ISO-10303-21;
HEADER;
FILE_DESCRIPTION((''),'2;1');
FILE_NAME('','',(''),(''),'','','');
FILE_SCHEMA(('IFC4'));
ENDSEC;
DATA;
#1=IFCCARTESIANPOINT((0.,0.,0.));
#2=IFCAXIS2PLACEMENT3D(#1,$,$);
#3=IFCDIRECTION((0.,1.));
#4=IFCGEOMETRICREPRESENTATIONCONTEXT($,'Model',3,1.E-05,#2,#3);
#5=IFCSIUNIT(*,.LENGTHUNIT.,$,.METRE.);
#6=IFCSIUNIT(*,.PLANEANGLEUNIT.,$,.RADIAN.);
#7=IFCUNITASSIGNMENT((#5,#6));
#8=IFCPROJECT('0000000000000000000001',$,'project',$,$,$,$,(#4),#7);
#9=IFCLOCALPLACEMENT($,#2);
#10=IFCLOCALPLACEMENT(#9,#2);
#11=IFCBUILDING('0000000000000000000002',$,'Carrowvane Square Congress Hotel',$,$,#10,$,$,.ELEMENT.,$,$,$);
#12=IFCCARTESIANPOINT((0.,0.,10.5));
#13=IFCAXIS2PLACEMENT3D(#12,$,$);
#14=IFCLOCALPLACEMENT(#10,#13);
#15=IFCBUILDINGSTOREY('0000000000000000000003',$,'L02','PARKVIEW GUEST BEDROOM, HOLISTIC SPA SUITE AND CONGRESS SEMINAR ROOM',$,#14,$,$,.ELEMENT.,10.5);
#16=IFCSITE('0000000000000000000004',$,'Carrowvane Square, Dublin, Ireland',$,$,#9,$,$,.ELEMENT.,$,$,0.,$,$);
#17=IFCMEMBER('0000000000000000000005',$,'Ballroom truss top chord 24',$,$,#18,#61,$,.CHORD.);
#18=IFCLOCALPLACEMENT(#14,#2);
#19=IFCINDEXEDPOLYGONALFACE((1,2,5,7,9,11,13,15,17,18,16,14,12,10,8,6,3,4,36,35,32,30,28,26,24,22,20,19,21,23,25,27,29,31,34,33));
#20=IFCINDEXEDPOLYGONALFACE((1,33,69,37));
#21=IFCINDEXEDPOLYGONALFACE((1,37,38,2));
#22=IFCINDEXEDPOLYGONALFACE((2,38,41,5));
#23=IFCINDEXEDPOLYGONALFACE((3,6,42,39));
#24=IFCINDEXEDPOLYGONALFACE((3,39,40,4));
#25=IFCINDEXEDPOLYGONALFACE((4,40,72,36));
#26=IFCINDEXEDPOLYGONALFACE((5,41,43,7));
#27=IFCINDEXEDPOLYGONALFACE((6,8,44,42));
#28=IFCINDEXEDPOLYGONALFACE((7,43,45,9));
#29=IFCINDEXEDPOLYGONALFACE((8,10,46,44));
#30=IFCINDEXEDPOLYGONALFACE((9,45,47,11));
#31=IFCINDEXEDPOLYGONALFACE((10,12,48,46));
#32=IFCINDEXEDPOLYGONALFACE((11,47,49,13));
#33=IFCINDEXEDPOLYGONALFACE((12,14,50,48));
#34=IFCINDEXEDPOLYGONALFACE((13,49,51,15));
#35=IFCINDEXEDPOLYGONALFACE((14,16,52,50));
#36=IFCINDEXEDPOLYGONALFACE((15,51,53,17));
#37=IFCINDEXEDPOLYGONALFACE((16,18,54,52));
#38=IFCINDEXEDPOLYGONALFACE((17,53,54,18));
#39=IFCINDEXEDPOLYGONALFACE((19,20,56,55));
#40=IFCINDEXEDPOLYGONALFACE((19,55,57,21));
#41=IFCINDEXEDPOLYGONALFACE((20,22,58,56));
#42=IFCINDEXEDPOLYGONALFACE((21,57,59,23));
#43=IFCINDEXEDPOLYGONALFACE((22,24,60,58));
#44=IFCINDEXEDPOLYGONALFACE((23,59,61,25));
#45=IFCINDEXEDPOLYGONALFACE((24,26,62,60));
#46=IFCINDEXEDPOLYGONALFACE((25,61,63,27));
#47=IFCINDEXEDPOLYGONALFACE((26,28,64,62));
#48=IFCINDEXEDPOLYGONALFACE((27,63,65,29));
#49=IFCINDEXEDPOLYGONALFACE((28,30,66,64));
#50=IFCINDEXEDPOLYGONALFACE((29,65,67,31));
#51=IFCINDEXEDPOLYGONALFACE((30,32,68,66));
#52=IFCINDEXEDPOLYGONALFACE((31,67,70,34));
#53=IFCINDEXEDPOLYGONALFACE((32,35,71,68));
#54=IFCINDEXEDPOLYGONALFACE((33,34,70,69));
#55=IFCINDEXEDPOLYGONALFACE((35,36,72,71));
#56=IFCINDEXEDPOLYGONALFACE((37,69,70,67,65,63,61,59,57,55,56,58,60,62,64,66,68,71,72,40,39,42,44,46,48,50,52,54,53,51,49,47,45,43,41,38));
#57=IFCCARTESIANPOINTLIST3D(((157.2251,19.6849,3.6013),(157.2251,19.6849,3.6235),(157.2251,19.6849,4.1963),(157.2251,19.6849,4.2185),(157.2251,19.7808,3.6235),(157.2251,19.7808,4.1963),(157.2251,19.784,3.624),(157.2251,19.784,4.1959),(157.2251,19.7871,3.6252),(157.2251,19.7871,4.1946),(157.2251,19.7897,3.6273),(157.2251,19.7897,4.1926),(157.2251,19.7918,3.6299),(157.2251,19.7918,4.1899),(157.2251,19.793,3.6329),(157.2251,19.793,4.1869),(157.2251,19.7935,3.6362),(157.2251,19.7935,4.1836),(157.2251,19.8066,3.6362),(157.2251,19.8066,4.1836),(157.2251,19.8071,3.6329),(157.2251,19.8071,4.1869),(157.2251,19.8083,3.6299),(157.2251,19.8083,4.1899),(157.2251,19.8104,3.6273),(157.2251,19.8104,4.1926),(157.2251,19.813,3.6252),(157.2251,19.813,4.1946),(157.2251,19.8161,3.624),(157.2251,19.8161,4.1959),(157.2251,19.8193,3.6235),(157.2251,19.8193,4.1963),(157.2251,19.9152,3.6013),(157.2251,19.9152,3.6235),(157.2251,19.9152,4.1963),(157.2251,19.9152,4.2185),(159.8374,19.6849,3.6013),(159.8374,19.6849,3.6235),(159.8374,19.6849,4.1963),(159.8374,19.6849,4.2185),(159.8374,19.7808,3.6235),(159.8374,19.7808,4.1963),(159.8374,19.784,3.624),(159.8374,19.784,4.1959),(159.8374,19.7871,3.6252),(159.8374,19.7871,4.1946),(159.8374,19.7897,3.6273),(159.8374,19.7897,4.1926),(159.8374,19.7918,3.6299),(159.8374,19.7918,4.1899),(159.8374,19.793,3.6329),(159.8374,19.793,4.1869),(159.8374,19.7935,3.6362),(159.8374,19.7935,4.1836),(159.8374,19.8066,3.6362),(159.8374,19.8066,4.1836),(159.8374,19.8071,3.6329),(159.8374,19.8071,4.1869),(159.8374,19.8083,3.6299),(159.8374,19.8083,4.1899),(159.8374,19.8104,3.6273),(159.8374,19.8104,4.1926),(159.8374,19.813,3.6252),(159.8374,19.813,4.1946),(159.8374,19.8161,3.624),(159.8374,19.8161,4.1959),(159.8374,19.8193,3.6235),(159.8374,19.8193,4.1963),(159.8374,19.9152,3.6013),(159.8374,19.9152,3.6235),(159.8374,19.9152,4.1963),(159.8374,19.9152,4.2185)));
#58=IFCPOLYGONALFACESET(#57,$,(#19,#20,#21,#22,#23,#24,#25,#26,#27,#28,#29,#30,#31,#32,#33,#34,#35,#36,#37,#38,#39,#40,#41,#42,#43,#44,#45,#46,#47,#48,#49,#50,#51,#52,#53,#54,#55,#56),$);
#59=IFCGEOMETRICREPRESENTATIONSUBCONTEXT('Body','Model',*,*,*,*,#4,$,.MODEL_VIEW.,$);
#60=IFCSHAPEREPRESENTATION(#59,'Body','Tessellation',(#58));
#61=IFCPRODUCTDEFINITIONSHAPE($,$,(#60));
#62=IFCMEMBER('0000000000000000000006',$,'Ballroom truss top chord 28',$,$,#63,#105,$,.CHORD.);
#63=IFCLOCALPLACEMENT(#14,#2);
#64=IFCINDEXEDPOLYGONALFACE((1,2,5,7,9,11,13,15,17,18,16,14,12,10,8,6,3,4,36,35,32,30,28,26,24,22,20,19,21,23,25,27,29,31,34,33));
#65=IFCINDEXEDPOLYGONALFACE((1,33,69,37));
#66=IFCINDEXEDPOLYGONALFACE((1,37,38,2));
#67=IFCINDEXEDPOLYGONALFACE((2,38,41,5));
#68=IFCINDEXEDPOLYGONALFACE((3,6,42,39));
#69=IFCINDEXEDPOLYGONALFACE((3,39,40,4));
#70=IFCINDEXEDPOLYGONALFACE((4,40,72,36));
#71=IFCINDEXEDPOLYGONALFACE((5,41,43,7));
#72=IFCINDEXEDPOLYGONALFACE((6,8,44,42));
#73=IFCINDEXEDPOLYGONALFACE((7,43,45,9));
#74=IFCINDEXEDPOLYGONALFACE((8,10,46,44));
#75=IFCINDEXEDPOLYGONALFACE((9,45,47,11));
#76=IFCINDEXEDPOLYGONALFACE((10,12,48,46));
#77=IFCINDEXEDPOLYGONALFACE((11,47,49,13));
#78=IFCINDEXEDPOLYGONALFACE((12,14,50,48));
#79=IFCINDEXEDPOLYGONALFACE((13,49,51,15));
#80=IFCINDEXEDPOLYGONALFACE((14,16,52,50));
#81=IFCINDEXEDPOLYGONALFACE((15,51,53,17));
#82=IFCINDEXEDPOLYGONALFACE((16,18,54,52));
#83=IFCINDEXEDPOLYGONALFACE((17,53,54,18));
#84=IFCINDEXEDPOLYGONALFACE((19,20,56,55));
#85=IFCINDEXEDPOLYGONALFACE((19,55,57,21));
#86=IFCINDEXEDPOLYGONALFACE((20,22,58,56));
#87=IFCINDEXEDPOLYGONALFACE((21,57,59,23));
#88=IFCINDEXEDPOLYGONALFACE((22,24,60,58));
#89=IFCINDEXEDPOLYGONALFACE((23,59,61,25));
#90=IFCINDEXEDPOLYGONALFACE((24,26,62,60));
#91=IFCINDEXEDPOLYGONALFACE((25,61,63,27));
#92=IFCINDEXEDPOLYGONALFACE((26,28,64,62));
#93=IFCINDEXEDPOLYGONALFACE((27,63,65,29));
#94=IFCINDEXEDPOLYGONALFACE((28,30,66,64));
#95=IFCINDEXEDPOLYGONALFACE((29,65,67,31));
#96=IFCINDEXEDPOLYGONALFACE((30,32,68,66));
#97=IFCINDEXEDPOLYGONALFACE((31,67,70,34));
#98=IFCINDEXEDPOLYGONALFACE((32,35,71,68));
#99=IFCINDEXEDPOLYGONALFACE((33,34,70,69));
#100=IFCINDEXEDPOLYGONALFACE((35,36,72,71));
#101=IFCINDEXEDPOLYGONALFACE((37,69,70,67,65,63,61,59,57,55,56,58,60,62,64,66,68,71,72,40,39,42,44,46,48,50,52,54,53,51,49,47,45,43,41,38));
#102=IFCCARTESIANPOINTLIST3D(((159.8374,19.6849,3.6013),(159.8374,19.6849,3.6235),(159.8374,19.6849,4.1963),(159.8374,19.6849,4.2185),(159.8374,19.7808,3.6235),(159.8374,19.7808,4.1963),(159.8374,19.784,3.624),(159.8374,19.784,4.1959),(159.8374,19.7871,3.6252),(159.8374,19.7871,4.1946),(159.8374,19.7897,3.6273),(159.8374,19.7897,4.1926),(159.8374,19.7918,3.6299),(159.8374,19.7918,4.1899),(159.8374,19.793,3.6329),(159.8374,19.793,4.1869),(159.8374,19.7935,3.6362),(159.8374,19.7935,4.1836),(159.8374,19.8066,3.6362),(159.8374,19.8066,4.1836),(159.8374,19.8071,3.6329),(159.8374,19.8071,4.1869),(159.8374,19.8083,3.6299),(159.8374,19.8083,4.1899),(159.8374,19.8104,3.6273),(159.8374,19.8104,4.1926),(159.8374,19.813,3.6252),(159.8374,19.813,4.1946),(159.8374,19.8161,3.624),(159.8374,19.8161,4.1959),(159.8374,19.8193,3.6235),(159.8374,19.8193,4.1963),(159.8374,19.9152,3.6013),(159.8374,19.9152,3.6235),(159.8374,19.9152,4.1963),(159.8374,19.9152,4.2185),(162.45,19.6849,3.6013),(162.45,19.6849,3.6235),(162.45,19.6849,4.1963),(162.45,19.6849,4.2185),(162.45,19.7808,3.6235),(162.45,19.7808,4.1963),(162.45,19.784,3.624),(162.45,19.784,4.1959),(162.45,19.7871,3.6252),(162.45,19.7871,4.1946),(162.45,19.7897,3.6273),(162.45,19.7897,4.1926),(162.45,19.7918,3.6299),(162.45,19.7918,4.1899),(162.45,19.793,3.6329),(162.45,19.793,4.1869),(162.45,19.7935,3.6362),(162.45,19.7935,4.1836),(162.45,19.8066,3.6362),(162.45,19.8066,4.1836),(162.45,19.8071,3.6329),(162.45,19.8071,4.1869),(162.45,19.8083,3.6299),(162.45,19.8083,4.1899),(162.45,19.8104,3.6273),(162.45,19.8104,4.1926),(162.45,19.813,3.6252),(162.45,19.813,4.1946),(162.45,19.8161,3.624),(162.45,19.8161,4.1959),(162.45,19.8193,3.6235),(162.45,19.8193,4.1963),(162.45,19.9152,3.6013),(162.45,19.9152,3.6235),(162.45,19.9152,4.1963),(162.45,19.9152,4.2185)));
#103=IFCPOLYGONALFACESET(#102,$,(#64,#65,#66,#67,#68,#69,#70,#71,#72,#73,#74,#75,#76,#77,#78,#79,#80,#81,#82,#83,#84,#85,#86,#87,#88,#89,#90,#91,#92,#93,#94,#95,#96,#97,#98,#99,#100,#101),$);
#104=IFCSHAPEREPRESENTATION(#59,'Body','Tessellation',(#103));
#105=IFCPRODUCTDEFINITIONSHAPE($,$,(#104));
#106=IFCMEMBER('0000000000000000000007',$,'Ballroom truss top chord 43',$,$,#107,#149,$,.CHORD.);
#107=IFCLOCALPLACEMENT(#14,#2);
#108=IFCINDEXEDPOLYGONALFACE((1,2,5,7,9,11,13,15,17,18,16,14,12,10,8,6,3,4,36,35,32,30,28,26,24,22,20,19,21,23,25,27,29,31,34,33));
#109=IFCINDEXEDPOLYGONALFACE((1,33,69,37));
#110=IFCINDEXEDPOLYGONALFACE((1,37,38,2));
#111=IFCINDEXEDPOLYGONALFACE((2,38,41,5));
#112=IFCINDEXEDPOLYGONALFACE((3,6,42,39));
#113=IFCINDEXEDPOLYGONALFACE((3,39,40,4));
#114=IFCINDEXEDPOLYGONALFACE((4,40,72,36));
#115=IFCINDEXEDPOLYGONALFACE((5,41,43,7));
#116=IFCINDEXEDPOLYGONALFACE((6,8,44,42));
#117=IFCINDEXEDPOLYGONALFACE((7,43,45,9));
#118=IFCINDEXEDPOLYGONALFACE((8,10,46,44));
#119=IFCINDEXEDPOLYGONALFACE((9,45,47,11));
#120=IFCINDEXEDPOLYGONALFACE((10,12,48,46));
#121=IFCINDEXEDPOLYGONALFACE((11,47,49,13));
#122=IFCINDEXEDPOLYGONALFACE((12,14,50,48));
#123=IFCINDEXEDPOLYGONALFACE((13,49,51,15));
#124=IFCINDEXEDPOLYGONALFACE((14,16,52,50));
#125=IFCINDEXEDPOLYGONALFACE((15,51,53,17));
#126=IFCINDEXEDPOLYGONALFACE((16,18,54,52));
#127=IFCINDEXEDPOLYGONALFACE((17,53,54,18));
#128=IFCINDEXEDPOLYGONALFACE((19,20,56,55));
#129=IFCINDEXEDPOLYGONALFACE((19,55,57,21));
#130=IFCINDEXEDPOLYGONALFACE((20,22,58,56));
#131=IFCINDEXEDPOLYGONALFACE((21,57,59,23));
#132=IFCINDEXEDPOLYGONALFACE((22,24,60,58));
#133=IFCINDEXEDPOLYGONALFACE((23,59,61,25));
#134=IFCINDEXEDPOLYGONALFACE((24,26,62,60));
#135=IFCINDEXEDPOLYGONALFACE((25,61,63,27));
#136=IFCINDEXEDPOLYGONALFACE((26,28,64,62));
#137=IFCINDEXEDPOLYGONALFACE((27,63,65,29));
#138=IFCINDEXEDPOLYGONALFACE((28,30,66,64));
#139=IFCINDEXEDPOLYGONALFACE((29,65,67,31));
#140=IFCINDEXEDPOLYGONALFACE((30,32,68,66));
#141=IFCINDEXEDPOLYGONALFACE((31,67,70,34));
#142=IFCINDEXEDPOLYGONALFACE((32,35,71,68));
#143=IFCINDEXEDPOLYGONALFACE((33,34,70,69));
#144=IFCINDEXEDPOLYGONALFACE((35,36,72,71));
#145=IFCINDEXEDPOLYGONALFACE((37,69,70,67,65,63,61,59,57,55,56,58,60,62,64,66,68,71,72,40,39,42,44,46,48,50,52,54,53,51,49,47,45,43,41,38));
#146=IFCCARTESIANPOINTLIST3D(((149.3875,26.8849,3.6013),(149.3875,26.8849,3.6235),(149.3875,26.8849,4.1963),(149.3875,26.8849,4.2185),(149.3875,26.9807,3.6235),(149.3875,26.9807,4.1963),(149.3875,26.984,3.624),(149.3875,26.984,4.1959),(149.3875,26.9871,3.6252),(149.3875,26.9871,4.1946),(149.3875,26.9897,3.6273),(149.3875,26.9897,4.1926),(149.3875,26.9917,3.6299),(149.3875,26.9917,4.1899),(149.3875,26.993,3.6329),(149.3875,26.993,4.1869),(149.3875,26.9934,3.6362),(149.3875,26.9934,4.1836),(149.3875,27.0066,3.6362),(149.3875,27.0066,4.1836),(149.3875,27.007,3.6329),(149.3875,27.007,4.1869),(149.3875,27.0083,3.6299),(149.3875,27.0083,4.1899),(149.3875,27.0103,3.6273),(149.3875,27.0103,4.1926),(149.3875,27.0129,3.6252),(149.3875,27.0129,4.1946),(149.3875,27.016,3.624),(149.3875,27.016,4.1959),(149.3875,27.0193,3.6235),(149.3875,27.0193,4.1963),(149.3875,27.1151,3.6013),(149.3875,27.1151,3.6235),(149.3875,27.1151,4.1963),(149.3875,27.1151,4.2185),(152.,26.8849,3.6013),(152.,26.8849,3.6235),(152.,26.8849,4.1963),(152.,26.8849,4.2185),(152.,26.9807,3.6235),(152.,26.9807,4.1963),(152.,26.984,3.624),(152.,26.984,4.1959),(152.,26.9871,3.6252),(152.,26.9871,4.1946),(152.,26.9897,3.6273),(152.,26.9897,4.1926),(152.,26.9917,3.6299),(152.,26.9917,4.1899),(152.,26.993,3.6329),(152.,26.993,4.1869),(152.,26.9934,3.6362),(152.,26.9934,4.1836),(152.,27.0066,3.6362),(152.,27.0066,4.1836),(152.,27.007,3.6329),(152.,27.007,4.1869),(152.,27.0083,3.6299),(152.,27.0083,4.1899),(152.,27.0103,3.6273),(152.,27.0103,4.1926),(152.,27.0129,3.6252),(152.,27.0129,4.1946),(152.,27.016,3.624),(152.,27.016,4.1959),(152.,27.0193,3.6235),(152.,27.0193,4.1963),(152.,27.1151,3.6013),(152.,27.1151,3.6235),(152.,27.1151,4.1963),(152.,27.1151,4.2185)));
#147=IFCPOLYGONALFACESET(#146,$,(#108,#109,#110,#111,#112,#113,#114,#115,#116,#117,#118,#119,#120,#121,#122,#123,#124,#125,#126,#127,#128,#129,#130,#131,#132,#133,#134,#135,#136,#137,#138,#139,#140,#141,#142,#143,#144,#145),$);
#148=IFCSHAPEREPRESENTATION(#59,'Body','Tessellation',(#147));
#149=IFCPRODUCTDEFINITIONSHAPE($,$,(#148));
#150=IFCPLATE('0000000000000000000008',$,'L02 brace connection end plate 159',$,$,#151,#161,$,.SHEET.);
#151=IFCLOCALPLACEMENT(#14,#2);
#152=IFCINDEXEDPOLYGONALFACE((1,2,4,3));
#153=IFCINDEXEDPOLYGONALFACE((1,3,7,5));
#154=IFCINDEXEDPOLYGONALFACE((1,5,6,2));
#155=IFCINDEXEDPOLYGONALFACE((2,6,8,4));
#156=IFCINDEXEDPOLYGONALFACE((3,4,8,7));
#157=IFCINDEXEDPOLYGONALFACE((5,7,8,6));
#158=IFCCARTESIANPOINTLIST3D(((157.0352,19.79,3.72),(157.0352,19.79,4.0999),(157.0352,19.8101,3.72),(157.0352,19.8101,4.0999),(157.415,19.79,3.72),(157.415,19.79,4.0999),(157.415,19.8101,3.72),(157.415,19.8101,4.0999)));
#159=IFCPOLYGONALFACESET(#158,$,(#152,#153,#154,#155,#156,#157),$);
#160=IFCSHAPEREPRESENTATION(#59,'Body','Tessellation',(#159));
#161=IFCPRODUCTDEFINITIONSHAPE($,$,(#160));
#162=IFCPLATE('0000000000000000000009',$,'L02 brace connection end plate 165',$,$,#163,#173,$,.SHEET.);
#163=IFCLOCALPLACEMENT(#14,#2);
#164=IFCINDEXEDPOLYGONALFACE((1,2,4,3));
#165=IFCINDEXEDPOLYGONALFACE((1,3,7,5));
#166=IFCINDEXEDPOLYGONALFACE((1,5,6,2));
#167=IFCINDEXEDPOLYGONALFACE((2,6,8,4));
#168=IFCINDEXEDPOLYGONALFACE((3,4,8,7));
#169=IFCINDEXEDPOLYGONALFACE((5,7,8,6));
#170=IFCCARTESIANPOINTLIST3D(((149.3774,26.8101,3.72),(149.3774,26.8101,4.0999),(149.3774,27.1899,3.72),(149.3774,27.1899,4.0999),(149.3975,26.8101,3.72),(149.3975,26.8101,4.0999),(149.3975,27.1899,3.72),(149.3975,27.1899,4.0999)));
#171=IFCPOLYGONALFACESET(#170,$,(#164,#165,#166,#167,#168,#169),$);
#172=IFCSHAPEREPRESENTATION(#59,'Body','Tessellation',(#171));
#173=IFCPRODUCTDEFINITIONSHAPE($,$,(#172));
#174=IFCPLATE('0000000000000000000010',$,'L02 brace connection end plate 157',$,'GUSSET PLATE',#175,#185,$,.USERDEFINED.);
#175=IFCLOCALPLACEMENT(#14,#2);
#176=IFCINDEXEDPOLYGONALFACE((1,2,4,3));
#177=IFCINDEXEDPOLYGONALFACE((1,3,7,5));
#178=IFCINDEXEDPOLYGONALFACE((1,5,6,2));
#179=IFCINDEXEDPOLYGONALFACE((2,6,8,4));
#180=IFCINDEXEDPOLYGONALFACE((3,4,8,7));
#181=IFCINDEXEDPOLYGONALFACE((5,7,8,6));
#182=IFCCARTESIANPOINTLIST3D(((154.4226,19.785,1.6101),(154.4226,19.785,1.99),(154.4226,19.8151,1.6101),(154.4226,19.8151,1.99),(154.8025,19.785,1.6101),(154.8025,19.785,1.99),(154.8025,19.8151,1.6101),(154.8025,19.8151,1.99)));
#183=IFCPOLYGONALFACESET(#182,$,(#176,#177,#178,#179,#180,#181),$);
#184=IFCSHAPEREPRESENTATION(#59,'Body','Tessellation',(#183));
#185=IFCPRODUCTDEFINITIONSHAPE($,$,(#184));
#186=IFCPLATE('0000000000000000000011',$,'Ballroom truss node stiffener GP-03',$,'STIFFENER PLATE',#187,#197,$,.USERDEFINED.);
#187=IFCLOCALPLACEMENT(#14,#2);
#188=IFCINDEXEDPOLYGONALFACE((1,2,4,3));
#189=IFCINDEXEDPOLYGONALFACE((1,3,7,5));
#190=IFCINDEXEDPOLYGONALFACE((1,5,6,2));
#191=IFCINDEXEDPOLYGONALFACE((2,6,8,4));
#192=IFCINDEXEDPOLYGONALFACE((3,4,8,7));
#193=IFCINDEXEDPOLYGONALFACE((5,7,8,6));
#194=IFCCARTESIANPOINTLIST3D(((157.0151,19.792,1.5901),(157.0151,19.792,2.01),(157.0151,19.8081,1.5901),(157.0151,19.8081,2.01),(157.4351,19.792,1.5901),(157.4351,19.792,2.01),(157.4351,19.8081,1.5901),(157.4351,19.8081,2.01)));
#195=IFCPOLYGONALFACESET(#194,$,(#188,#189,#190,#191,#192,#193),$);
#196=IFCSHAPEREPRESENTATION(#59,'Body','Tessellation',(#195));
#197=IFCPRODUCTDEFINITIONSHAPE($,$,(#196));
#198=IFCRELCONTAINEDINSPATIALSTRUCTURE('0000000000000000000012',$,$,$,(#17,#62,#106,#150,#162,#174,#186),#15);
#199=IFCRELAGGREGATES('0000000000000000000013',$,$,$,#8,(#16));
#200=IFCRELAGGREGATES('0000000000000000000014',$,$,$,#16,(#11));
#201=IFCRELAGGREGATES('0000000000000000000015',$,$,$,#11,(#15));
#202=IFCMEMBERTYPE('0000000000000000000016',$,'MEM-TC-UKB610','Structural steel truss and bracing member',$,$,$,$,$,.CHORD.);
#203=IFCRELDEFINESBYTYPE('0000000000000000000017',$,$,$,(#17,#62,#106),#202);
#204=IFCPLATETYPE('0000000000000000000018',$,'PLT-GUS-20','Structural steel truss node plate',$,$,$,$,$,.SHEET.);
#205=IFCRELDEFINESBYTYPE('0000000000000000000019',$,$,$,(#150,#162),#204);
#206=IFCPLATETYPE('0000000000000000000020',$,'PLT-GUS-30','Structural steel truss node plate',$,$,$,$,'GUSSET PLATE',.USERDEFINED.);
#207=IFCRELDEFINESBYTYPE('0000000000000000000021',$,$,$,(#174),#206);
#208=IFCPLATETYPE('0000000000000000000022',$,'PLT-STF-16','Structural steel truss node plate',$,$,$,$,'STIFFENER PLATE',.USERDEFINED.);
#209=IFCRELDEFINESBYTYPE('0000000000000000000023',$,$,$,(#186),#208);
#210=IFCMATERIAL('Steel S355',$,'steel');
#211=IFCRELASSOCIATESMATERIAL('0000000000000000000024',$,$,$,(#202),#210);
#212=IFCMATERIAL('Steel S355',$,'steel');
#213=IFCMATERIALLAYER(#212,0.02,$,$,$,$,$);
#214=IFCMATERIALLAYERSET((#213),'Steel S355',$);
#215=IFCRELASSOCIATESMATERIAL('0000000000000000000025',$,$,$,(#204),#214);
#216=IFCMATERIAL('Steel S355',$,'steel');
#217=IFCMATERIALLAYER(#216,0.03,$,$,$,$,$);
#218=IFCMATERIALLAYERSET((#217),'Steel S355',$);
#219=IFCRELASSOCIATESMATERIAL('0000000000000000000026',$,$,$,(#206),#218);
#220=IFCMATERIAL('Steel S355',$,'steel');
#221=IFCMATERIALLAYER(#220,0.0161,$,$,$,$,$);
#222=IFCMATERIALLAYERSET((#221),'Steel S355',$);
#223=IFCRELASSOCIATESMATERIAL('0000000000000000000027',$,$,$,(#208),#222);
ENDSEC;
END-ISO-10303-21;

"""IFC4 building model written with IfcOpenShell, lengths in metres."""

from ifc_helpers import new_model, si_unit, direction, frame, origin, origin_2d, place, context, subcontext, project, spatial, rectangle, i_section, extrude, material, layer, layer_set, material_profile, profile_set, type_object, element, save


model = new_model("IFC4")

# Units and contexts
model_context = context("Model", 3, precision=1e-05, world=origin(), true_north=direction((0.0, 1.0)))
body_context = subcontext(model_context, "Body", "Model", "MODEL_VIEW")
ifc_project = project(units=[si_unit("LENGTHUNIT", "METRE"), si_unit("PLANEANGLEUNIT", "RADIAN")], contexts=[model_context])

# Site, building, storey
site_placement = place(None, origin())
site = spatial("IfcSite", under=ifc_project, at=site_placement, Name="Carrowvane Square, Dublin, Ireland", CompositionType="ELEMENT", RefElevation=0.0)
building_placement = place(site_placement, origin())
building = spatial("IfcBuilding", under=site, at=building_placement, Name="Carrowvane Square Congress Hotel", CompositionType="ELEMENT")
storey_placement = place(building_placement, frame((0.0, 0.0, 10.5)))
storey = spatial("IfcBuildingStorey", under=building, at=storey_placement, Name="L02", Description="PARKVIEW GUEST BEDROOM, HOLISTIC SPA SUITE AND CONGRESS SEMINAR ROOM", CompositionType="ELEMENT", Elevation=10.5)

# Members
ifc_material_1 = material(Name="Steel S355", Category="steel")
ifc_material_profile_1 = material_profile(ifc_material_1, i_section(OverallWidth=0.2302, OverallDepth=0.6172, WebThickness=0.0132, FlangeThickness=0.0222, FilletRadius=0.0127, at=origin_2d()), Name="UKB 610x229x140")
ifc_profile_set_1 = profile_set([ifc_material_profile_1], Name="Steel S355")
member_type_1 = type_object("IfcMemberType", Name="MEM-TC-UKB610", Description="Structural steel truss and bracing member", PredefinedType="CHORD", material=ifc_profile_set_1)
member_1_placement = place(storey_placement, frame((157.2251, 19.8, 3.9099), z_axis=(1.0, 0.0, 0.0), x_axis=(0.0, 1.0, 0.0)))
element("IfcMember", 1, at=member_1_placement, inside=storey, type_object=member_type_1, Name="Ballroom truss top chord 24", PredefinedType="CHORD", context=body_context, shape_type="SweptSolid", body=[
    extrude(i_section(OverallWidth=0.2302, OverallDepth=0.6172, WebThickness=0.0132, FlangeThickness=0.0222, FilletRadius=0.0127, at=origin_2d()), origin(), (0.0, 0.0, 1.0), 2.6123),
])
for number, where, z_axis, x_axis, name in (
    (2, (159.8374, 19.8, 3.9099), (1.0, 0.0, 0.0), (0.0, 1.0, 0.0), "Ballroom truss top chord 28"),
    (3, (149.3875, 27.0, 3.9099), (1.0, 0.0, 0.0), (0.0, 1.0, 0.0), "Ballroom truss top chord 43"),
):
    element("IfcMember", number, at=place(storey_placement, frame(where, z_axis=z_axis, x_axis=x_axis)), inside=storey, type_object=member_type_1, Name=name, PredefinedType="CHORD", context=body_context, shape_type="SweptSolid", body=[
        extrude(i_section(OverallWidth=0.2302, OverallDepth=0.6172, WebThickness=0.0132, FlangeThickness=0.0222, FilletRadius=0.0127, at=origin_2d()), origin(), (0.0, 0.0, 1.0), 2.6125),
    ])

# Plates
ifc_material_2 = material(Name="Steel S355", Category="steel")
ifc_layer_1 = layer(ifc_material_2, 0.02)
ifc_layer_set_1 = layer_set([ifc_layer_1], Name="Steel S355")
plate_type_1 = type_object("IfcPlateType", Name="PLT-GUS-20", Description="Structural steel truss node plate", PredefinedType="SHEET", material=ifc_layer_set_1)
plate_1_placement = place(storey_placement, frame((157.2251, 19.8, 3.72), z_axis=(0.0, 0.0, 1.0), x_axis=(1.0, 0.0, 0.0)))
element("IfcPlate", 4, at=plate_1_placement, inside=storey, type_object=plate_type_1, Name="L02 brace connection end plate 159", PredefinedType="SHEET", context=body_context, shape_type="SweptSolid", body=[
    extrude(rectangle(XDim=0.3799, YDim=0.02, at=origin_2d()), origin(), (0.0, 0.0, 1.0), 0.3799),
])
plate_2_placement = place(storey_placement, frame((149.3875, 27.0, 3.72), z_axis=(0.0, 0.0, 1.0), x_axis=(1.0, 0.0, 0.0)))
element("IfcPlate", 5, at=plate_2_placement, inside=storey, type_object=plate_type_1, Name="L02 brace connection end plate 165", PredefinedType="SHEET", context=body_context, shape_type="SweptSolid", body=[
    extrude(rectangle(XDim=0.02, YDim=0.3799, at=origin_2d()), origin(), (0.0, 0.0, 1.0), 0.3799),
])
ifc_material_3 = material(Name="Steel S355", Category="steel")
ifc_layer_2 = layer(ifc_material_3, 0.03)
ifc_layer_set_2 = layer_set([ifc_layer_2], Name="Steel S355")
plate_type_2 = type_object("IfcPlateType", Name="PLT-GUS-30", Description="Structural steel truss node plate", ElementType="GUSSET PLATE", PredefinedType="USERDEFINED", material=ifc_layer_set_2)
plate_3_placement = place(storey_placement, frame((154.6125, 19.8, 1.6101), z_axis=(0.0, 0.0, 1.0), x_axis=(1.0, 0.0, 0.0)))
element("IfcPlate", 6, at=plate_3_placement, inside=storey, type_object=plate_type_2, Name="L02 brace connection end plate 157", ObjectType="GUSSET PLATE", PredefinedType="USERDEFINED", context=body_context, shape_type="SweptSolid", body=[
    extrude(rectangle(XDim=0.3799, YDim=0.03, at=origin_2d()), origin(), (0.0, 0.0, 1.0), 0.3799),
])
ifc_material_4 = material(Name="Steel S355", Category="steel")
ifc_layer_3 = layer(ifc_material_4, 0.0161)
ifc_layer_set_3 = layer_set([ifc_layer_3], Name="Steel S355")
plate_type_3 = type_object("IfcPlateType", Name="PLT-STF-16", Description="Structural steel truss node plate", ElementType="STIFFENER PLATE", PredefinedType="USERDEFINED", material=ifc_layer_set_3)
plate_4_placement = place(storey_placement, frame((157.2251, 19.8, 1.5901), z_axis=(0.0, 0.0, 1.0), x_axis=(1.0, 0.0, 0.0)))
element("IfcPlate", 7, at=plate_4_placement, inside=storey, type_object=plate_type_3, Name="Ballroom truss node stiffener GP-03", ObjectType="STIFFENER PLATE", PredefinedType="USERDEFINED", context=body_context, shape_type="SweptSolid", body=[
    extrude(rectangle(XDim=0.4199, YDim=0.0161, at=origin_2d()), origin(), (0.0, 0.0, 1.0), 0.4199),
])

save(model, "model.ifc")
